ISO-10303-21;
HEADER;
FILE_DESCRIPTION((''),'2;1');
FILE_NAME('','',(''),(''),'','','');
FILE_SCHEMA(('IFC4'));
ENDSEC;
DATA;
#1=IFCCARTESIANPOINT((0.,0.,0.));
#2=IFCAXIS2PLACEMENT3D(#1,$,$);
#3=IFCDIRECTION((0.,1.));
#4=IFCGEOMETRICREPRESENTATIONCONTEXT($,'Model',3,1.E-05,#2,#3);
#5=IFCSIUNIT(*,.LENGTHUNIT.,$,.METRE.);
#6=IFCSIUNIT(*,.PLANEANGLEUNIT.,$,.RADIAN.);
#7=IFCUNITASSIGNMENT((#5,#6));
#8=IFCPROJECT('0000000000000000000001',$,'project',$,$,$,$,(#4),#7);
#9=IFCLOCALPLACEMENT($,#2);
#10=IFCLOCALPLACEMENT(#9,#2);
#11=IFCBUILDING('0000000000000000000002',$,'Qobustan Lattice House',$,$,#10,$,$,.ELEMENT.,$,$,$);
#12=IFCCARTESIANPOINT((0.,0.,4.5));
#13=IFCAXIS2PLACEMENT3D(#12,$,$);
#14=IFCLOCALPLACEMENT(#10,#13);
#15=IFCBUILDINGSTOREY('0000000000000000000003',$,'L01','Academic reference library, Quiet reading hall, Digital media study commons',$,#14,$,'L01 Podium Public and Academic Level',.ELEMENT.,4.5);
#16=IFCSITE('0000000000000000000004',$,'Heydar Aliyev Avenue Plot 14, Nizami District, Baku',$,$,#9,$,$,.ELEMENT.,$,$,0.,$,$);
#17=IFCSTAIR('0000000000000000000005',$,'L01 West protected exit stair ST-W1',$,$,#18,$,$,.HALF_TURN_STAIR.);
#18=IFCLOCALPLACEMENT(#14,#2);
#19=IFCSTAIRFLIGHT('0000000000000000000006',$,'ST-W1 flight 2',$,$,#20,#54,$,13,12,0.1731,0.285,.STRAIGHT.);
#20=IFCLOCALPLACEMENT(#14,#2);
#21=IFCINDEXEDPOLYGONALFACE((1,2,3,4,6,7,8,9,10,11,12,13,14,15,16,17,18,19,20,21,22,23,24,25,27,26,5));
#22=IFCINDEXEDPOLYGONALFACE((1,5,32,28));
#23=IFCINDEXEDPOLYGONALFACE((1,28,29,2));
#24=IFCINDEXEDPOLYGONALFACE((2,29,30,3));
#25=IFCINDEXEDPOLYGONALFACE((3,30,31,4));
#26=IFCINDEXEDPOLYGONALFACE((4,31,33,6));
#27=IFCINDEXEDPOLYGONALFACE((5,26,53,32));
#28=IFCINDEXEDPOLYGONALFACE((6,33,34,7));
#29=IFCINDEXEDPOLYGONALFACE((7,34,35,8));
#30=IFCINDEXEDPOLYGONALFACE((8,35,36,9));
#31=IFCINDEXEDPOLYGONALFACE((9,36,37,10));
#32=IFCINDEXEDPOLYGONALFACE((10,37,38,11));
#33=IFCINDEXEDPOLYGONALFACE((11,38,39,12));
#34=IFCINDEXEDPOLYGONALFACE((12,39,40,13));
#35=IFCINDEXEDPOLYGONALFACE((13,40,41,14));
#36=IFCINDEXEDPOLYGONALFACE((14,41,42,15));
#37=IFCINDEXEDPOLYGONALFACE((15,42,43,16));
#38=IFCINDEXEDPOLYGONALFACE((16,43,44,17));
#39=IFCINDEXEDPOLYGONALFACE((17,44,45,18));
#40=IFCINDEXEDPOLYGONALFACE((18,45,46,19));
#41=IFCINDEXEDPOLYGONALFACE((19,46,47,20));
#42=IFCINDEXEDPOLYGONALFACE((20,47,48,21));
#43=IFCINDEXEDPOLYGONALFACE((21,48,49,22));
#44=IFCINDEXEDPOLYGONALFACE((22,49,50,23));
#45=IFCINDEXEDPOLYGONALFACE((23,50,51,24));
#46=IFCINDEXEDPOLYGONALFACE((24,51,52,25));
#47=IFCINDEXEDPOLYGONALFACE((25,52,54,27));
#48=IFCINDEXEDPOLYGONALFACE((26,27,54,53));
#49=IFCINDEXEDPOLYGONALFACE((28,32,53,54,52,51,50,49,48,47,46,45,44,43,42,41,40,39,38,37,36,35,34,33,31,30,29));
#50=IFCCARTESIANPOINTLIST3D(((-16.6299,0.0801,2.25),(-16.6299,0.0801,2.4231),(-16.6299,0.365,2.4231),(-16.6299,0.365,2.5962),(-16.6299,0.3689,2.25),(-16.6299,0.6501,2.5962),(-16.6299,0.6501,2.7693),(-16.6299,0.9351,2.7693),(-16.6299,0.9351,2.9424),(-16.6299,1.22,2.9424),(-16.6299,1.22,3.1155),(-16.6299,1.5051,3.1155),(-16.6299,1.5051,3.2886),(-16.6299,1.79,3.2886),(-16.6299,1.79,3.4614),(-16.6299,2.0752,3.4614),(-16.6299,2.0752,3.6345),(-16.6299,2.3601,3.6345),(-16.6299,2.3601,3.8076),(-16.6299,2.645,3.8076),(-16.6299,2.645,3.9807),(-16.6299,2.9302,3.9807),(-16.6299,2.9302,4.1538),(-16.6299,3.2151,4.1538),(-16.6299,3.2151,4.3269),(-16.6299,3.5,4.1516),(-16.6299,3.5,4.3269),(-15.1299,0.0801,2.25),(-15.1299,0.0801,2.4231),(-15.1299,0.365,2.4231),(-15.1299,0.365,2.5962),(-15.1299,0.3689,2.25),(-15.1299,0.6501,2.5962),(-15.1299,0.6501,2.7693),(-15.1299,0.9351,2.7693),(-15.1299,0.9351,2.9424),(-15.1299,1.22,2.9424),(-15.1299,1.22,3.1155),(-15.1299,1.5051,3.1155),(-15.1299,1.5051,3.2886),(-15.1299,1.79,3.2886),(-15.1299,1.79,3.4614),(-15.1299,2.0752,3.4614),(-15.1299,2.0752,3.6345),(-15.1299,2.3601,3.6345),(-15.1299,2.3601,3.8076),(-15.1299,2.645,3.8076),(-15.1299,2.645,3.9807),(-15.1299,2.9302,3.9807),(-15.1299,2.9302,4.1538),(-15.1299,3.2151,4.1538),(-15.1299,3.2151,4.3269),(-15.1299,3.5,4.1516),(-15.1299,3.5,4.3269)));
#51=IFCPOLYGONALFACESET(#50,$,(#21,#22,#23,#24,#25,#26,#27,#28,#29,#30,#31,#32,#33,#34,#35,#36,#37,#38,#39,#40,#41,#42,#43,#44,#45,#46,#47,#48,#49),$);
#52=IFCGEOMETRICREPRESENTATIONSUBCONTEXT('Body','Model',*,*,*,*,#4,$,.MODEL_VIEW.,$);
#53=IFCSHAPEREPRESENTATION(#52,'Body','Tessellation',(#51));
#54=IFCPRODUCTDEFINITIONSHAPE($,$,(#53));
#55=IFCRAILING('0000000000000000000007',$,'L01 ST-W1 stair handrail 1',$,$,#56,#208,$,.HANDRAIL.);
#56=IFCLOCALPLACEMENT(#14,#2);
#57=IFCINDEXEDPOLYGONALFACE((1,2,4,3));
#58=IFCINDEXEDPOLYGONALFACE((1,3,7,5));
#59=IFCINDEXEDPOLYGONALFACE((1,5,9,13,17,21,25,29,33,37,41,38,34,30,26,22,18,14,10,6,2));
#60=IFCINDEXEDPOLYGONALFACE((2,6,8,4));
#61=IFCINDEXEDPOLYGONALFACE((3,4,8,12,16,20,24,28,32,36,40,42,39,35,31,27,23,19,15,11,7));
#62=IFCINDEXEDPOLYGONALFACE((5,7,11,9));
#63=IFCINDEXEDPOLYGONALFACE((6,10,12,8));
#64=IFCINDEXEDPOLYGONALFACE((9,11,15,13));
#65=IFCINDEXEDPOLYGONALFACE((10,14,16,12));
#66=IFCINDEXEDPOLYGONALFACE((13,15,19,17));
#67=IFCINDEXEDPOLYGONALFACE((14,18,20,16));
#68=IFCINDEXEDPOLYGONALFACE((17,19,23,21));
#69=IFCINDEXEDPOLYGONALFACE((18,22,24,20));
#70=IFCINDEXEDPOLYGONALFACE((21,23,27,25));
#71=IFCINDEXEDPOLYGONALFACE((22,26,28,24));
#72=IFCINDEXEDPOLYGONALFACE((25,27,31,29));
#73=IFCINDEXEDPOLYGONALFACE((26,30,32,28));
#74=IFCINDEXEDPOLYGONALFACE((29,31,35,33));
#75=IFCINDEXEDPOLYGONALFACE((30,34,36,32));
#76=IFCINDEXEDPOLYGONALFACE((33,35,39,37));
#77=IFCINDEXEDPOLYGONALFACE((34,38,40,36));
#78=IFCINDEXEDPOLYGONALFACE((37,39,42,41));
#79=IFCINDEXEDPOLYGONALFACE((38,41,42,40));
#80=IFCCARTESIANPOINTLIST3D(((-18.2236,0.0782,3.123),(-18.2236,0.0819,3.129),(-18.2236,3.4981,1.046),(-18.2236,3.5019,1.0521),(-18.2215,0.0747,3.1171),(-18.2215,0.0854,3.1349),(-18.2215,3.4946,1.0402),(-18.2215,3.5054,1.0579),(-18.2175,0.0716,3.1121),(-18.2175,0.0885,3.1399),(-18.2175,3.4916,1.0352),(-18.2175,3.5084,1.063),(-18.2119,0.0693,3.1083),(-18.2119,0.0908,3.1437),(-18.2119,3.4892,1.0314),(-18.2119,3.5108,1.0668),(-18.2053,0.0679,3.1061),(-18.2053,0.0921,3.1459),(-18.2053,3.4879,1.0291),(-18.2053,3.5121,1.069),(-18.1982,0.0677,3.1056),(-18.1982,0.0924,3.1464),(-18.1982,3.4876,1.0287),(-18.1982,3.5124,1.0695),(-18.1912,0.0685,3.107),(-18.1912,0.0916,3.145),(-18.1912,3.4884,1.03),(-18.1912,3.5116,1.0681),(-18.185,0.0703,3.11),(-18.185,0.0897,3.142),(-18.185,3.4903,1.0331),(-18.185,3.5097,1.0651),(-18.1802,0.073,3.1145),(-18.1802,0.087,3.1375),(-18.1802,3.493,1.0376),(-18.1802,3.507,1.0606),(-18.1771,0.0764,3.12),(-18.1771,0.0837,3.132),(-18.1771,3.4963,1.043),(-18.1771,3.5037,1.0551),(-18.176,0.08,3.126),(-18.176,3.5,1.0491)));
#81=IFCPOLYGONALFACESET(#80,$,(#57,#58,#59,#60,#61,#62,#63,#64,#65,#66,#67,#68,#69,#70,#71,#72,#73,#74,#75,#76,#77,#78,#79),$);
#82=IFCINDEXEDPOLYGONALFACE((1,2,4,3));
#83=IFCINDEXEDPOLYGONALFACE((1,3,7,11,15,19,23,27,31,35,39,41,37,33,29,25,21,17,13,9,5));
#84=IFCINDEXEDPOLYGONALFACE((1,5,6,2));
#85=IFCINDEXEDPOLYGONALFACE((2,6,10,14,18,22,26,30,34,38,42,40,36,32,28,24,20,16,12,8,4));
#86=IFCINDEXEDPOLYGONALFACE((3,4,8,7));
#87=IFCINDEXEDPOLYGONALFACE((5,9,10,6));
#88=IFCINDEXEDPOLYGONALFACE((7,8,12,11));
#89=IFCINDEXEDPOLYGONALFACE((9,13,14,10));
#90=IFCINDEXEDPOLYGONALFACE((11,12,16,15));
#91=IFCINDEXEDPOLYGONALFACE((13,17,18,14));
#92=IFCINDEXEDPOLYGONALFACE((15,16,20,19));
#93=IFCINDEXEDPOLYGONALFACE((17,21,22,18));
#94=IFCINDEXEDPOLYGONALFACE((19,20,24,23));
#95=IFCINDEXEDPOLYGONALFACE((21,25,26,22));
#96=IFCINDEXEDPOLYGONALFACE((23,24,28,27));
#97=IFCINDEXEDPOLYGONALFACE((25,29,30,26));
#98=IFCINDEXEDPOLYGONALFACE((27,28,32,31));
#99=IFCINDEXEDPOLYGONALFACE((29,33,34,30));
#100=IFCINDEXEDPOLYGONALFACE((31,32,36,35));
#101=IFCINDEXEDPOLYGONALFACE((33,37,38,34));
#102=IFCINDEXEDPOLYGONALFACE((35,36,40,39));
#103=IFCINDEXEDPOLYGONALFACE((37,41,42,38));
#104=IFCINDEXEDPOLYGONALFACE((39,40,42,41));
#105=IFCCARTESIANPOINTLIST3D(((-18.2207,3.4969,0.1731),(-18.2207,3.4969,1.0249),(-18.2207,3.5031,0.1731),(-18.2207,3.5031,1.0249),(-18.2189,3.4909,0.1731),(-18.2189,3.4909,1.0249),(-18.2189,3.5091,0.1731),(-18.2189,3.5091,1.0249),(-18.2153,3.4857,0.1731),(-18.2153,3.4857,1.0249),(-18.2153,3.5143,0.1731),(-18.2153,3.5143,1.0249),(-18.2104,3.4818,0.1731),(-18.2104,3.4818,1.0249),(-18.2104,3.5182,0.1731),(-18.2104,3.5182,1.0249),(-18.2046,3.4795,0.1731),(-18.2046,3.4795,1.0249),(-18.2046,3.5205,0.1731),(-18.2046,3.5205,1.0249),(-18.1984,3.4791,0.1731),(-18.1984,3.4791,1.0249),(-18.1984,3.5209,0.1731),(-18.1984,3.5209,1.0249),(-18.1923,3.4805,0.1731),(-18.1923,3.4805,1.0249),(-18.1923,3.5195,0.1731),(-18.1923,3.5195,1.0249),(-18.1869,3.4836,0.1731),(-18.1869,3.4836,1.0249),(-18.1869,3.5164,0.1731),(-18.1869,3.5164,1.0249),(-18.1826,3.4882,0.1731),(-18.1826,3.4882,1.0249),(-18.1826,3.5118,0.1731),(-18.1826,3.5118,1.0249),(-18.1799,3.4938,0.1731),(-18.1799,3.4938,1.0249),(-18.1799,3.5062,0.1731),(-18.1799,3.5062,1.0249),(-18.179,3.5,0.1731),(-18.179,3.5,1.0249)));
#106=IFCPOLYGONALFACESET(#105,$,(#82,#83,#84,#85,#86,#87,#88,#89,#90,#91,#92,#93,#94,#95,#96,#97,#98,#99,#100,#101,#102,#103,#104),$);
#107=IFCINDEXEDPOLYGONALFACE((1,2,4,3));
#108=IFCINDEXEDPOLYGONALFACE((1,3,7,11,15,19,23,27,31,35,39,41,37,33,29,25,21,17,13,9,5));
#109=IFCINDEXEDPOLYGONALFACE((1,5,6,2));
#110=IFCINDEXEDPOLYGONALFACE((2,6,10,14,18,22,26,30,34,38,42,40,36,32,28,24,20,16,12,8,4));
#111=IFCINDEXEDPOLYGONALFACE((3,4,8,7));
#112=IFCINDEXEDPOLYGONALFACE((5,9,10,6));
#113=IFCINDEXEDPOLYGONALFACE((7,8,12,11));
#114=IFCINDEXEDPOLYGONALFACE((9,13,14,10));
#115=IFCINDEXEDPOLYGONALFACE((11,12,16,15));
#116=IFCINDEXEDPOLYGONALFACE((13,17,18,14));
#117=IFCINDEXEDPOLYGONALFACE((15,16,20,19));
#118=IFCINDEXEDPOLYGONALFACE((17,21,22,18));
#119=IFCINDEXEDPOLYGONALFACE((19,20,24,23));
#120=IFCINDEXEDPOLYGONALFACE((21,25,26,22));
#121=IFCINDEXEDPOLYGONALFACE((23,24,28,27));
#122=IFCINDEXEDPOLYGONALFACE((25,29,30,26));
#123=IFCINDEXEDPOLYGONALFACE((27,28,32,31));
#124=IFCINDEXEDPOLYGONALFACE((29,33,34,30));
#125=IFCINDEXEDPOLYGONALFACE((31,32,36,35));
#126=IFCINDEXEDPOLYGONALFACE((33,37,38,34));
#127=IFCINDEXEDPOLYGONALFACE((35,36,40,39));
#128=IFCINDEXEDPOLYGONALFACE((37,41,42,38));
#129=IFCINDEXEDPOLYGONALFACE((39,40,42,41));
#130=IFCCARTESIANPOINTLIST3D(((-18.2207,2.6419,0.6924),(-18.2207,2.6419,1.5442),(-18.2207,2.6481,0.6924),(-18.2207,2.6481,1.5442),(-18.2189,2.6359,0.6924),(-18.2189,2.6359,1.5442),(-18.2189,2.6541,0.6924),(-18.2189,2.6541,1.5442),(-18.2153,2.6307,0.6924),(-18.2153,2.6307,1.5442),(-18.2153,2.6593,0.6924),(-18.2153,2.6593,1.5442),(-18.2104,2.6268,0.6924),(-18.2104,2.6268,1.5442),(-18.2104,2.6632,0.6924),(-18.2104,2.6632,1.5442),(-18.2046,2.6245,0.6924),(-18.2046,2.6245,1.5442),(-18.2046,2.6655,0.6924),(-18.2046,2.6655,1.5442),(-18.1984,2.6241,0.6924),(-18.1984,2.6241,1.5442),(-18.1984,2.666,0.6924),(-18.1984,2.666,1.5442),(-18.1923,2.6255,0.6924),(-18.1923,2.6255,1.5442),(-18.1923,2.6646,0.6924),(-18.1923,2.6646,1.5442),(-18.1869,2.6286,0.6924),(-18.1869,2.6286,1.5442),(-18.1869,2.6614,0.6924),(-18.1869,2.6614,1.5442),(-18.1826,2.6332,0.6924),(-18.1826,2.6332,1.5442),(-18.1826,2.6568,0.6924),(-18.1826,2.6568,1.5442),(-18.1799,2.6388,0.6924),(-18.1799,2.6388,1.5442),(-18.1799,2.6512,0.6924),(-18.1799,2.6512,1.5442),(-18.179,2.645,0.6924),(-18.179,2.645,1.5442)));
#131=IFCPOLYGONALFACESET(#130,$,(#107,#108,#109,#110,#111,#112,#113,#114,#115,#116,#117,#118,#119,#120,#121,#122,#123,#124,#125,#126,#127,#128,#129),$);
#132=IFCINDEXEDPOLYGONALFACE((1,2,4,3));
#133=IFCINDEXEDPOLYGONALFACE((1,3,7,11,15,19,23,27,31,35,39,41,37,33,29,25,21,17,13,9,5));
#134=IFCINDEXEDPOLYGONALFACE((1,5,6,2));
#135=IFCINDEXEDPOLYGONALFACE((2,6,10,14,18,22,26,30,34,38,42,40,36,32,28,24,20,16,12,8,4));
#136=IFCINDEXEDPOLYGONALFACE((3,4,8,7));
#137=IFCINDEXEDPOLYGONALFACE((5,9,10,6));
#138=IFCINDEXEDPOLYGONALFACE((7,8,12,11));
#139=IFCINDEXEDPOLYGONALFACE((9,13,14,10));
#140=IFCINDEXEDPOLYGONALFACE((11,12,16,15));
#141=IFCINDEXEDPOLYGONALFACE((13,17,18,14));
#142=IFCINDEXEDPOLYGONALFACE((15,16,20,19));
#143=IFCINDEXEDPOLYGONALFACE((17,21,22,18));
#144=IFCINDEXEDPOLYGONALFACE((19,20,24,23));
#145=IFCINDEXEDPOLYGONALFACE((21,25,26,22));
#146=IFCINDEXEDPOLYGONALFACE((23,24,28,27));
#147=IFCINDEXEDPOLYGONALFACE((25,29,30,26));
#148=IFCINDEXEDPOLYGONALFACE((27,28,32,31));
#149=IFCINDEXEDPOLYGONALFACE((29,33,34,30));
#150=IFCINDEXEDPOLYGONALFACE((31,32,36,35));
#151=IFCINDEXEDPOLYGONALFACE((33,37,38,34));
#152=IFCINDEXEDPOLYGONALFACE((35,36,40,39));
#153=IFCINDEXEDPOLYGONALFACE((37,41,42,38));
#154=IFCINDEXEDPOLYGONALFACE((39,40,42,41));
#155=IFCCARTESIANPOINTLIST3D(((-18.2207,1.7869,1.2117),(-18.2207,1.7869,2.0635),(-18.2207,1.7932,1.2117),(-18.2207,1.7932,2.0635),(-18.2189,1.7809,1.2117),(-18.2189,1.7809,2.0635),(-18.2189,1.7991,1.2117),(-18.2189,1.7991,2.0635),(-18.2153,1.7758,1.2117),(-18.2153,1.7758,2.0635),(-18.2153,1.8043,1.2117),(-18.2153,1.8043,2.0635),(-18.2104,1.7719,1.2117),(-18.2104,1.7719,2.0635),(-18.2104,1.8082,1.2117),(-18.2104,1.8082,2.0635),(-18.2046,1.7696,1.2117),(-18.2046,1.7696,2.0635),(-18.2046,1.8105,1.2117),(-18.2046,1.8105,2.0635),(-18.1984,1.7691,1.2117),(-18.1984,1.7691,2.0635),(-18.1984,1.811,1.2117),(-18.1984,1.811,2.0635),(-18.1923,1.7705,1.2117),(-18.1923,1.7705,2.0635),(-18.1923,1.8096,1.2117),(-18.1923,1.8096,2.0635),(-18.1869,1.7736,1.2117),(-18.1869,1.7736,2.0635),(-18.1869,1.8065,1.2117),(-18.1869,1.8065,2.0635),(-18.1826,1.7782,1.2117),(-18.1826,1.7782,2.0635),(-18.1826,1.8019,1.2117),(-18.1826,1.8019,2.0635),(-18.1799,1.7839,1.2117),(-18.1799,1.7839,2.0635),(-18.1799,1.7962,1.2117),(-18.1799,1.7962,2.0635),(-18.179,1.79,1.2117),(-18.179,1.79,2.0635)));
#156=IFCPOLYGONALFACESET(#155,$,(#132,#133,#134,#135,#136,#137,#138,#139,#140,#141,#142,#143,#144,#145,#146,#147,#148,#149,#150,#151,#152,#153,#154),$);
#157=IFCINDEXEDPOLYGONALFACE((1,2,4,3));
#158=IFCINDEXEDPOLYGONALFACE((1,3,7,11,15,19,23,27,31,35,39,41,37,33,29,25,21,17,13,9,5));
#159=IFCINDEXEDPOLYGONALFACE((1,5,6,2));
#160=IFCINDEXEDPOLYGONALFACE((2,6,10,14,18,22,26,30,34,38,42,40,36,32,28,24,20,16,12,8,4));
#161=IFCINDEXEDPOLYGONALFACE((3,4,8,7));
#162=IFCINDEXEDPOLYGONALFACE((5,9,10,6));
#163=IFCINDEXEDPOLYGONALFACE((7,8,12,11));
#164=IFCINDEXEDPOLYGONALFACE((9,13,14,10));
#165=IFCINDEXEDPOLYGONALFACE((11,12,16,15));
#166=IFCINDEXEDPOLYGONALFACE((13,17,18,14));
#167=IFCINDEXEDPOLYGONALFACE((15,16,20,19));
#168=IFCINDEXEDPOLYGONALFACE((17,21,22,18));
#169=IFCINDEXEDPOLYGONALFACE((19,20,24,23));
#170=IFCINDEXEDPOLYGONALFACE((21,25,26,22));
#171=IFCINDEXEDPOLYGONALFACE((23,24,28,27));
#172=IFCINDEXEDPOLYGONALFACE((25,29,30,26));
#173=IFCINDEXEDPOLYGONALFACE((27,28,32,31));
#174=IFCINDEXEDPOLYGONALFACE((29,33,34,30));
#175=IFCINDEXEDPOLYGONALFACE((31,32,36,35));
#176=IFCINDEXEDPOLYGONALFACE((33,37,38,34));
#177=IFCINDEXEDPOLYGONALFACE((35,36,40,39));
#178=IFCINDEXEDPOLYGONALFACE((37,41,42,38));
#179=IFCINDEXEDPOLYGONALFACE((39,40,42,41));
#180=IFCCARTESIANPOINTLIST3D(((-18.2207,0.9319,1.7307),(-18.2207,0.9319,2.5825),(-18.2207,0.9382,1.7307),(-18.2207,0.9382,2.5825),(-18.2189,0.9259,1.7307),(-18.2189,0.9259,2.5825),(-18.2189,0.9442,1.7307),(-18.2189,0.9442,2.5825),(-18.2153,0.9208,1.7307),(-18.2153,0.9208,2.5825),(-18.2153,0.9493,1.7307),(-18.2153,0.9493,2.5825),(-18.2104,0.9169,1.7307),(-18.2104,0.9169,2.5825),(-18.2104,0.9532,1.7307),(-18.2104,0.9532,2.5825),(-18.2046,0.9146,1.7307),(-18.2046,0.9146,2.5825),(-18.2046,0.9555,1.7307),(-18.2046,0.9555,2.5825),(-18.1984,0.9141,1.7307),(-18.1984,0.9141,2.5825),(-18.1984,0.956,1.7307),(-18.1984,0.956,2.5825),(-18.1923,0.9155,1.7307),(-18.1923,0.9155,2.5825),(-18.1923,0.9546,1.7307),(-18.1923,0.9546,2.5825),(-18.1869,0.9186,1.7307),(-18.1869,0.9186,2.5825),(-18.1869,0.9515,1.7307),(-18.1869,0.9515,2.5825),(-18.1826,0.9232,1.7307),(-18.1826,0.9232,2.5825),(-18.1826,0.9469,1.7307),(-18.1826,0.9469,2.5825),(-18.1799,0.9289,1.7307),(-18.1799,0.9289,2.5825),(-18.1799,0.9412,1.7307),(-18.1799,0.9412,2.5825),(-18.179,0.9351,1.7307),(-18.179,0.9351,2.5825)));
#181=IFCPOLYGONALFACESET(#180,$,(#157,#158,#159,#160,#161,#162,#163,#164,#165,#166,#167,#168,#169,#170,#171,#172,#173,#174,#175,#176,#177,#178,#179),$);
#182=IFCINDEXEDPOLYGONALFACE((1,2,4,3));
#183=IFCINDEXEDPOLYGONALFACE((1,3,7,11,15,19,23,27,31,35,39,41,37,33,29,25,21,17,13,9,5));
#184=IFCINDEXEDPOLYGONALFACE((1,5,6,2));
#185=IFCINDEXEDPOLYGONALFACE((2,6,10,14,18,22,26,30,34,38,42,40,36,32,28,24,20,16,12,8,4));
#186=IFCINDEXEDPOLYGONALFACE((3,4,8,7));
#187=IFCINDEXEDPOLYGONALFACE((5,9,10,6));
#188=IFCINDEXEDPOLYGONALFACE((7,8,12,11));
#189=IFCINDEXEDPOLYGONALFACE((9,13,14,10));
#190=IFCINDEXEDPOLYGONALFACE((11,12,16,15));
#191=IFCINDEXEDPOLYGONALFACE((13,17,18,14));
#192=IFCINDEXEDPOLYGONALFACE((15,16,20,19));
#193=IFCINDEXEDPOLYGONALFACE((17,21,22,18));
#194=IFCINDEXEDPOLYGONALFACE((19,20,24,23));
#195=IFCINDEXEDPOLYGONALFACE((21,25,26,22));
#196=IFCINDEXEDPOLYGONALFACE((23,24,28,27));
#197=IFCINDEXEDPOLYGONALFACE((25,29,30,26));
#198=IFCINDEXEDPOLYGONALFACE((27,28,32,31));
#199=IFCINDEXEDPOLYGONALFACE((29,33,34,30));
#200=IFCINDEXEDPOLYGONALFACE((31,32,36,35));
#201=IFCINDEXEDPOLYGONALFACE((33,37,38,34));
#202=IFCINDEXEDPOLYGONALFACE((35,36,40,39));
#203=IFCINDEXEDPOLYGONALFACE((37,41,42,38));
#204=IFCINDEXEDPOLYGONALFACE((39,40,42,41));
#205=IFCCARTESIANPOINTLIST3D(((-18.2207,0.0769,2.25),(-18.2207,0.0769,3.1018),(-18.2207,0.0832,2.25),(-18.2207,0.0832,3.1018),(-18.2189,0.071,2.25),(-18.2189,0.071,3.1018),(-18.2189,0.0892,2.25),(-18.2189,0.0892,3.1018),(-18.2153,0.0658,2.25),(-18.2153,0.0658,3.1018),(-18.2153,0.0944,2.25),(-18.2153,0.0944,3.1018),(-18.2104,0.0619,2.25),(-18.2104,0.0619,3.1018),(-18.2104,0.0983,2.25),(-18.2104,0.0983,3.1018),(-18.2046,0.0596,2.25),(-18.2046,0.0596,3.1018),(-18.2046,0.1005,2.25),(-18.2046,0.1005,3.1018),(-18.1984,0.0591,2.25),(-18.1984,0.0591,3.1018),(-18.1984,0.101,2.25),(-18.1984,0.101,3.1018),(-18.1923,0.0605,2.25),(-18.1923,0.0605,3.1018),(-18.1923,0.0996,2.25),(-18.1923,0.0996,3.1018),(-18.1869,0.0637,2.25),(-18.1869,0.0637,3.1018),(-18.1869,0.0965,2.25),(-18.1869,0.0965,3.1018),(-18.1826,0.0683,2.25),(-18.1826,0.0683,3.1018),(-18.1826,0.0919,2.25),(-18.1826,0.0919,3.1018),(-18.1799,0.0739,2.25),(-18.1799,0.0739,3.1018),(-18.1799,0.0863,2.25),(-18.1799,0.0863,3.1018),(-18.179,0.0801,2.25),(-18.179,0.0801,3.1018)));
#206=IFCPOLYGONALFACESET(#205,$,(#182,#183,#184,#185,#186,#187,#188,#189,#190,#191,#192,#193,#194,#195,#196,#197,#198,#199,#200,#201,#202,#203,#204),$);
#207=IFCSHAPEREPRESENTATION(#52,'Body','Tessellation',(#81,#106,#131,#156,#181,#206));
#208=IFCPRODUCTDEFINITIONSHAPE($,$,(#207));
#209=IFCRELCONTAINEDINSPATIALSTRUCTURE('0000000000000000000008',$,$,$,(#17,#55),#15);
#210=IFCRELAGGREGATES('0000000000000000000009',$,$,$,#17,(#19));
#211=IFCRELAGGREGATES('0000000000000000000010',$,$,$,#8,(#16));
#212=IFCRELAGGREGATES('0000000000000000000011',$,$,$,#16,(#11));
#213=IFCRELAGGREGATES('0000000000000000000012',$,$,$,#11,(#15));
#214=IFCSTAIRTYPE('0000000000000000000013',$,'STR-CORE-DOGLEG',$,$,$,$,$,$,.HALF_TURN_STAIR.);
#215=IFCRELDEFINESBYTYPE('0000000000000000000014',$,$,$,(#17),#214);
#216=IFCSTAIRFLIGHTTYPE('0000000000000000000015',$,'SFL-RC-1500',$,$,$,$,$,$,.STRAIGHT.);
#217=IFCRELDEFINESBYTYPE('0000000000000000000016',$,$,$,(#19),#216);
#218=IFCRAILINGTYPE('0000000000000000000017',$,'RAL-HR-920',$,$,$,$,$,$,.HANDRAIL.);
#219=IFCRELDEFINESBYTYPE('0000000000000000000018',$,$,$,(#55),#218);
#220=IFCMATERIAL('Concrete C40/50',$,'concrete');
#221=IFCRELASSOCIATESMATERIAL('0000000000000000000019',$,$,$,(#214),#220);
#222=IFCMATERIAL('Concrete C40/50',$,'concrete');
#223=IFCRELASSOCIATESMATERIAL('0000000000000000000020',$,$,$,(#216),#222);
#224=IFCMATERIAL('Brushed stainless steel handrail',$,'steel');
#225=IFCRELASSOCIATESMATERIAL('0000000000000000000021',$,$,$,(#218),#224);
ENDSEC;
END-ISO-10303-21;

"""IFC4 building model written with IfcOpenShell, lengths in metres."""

from ifc_helpers import new_model, si_unit, direction, frame, origin, origin_2d, place, context, subcontext, project, spatial, polyline, circle, outline, extrude, material, type_object, element, aggregate, save


model = new_model("IFC4")

# Units and contexts
model_context = context("Model", 3, precision=1e-05, world=origin(), true_north=direction((0.0, 1.0)))
body_context = subcontext(model_context, "Body", "Model", "MODEL_VIEW")
ifc_project = project(units=[si_unit("LENGTHUNIT", "METRE"), si_unit("PLANEANGLEUNIT", "RADIAN")], contexts=[model_context])

# Site, building, storey
site_placement = place(None, origin())
site = spatial("IfcSite", under=ifc_project, at=site_placement, Name="Heydar Aliyev Avenue Plot 14, Nizami District, Baku", CompositionType="ELEMENT", RefElevation=0.0)
building_placement = place(site_placement, origin())
building = spatial("IfcBuilding", under=site, at=building_placement, Name="Qobustan Lattice House", CompositionType="ELEMENT")
storey_placement = place(building_placement, frame((0.0, 0.0, 4.5)))
storey = spatial("IfcBuildingStorey", under=building, at=storey_placement, Name="L01", Description="Academic reference library, Quiet reading hall, Digital media study commons", LongName="L01 Podium Public and Academic Level", CompositionType="ELEMENT", Elevation=4.5)

# Stair, stair flight
ifc_material_1 = material(Name="Concrete C40/50", Category="concrete")
stair_type = type_object("IfcStairType", Name="STR-CORE-DOGLEG", PredefinedType="HALF_TURN_STAIR", material=ifc_material_1)
stair_placement = place(storey_placement, origin())
stair = element("IfcStair", 1, at=stair_placement, inside=storey, type_object=stair_type, Name="L01 West protected exit stair ST-W1", PredefinedType="HALF_TURN_STAIR")
ifc_material_2 = material(Name="Concrete C40/50", Category="concrete")
stair_flight_type = type_object("IfcStairFlightType", Name="SFL-RC-1500", PredefinedType="STRAIGHT", material=ifc_material_2)
stair_flight_1_placement = place(storey_placement, frame((-15.8799, 0.0801, 2.25), z_axis=(0.0, 0.0, 1.0), x_axis=(0.0, 1.0, 0.0)))
stair_flight_1 = element("IfcStairFlight", 2, at=stair_flight_1_placement, type_object=stair_flight_type, Name="ST-W1 flight 2", NumberOfRisers=13, NumberOfTreads=12, PredefinedType="STRAIGHT", RiserHeight=0.1731, TreadLength=0.285, context=body_context, shape_type="SweptSolid", body=[
    extrude(outline(polyline([(0.0, 0.0), (0.0, 0.1731), (0.2849, 0.1731), (0.2849, 0.3462), (0.5701, 0.3462), (0.5701, 0.5193), (0.855, 0.5193), (0.855, 0.6924), (1.1399, 0.6924), (1.1399, 0.8655), (1.425, 0.8655), (1.425, 1.0386), (1.71, 1.0386), (1.71, 1.2114), (1.9951, 1.2114), (1.9951, 1.3845), (2.28, 1.3845), (2.28, 1.5576), (2.5649, 1.5576), (2.5649, 1.7307), (2.8501, 1.7307), (2.8501, 1.9038), (3.135, 1.9038), (3.135, 2.0769), (3.4199, 2.0769), (3.4199, 2.25), (3.4199, 1.9016), (0.2888, 0.0), (0.0, 0.0)])), frame((0.0, 0.75, 0.0), z_axis=(0.0, -1.0, 0.0), x_axis=(1.0, 0.0, 0.0)), (0.0, 0.0, 1.0), 1.5),
])
aggregate(stair, [stair_flight_1])

# Railing
ifc_material_3 = material(Name="Brushed stainless steel handrail", Category="steel")
railing_type_1 = type_object("IfcRailingType", Name="RAL-HR-920", PredefinedType="HANDRAIL", material=ifc_material_3)
railing_1_placement = place(storey_placement, frame((-18.2, 3.5, 0.1731)))
element("IfcRailing", 3, at=railing_1_placement, inside=storey, type_object=railing_type_1, Name="L01 ST-W1 stair handrail 1", PredefinedType="HANDRAIL", context=body_context, shape_type="SweptSolid", body=[
    extrude(circle(Radius=0.0239, at=origin_2d()), frame((0.0, 0.0, 0.876), z_axis=(0.0, -0.85473, 0.519074), x_axis=(1.0, 0.0, 0.0)), (0.0, 0.0, 1.0), 4.0012),
    extrude(circle(Radius=0.021, at=origin_2d()), origin(), (0.0, 0.0, 1.0), 0.8518),
    extrude(circle(Radius=0.021, at=origin_2d()), frame((0.0, -0.855, 0.5193)), (0.0, 0.0, 1.0), 0.8518),
    extrude(circle(Radius=0.021, at=origin_2d()), frame((0.0, -1.71, 1.0386)), (0.0, 0.0, 1.0), 0.8518),
    extrude(circle(Radius=0.021, at=origin_2d()), frame((0.0, -2.5649, 1.5576)), (0.0, 0.0, 1.0), 0.8518),
    extrude(circle(Radius=0.021, at=origin_2d()), frame((0.0, -3.4199, 2.0769)), (0.0, 0.0, 1.0), 0.8518),
])

save(model, "model.ifc")
